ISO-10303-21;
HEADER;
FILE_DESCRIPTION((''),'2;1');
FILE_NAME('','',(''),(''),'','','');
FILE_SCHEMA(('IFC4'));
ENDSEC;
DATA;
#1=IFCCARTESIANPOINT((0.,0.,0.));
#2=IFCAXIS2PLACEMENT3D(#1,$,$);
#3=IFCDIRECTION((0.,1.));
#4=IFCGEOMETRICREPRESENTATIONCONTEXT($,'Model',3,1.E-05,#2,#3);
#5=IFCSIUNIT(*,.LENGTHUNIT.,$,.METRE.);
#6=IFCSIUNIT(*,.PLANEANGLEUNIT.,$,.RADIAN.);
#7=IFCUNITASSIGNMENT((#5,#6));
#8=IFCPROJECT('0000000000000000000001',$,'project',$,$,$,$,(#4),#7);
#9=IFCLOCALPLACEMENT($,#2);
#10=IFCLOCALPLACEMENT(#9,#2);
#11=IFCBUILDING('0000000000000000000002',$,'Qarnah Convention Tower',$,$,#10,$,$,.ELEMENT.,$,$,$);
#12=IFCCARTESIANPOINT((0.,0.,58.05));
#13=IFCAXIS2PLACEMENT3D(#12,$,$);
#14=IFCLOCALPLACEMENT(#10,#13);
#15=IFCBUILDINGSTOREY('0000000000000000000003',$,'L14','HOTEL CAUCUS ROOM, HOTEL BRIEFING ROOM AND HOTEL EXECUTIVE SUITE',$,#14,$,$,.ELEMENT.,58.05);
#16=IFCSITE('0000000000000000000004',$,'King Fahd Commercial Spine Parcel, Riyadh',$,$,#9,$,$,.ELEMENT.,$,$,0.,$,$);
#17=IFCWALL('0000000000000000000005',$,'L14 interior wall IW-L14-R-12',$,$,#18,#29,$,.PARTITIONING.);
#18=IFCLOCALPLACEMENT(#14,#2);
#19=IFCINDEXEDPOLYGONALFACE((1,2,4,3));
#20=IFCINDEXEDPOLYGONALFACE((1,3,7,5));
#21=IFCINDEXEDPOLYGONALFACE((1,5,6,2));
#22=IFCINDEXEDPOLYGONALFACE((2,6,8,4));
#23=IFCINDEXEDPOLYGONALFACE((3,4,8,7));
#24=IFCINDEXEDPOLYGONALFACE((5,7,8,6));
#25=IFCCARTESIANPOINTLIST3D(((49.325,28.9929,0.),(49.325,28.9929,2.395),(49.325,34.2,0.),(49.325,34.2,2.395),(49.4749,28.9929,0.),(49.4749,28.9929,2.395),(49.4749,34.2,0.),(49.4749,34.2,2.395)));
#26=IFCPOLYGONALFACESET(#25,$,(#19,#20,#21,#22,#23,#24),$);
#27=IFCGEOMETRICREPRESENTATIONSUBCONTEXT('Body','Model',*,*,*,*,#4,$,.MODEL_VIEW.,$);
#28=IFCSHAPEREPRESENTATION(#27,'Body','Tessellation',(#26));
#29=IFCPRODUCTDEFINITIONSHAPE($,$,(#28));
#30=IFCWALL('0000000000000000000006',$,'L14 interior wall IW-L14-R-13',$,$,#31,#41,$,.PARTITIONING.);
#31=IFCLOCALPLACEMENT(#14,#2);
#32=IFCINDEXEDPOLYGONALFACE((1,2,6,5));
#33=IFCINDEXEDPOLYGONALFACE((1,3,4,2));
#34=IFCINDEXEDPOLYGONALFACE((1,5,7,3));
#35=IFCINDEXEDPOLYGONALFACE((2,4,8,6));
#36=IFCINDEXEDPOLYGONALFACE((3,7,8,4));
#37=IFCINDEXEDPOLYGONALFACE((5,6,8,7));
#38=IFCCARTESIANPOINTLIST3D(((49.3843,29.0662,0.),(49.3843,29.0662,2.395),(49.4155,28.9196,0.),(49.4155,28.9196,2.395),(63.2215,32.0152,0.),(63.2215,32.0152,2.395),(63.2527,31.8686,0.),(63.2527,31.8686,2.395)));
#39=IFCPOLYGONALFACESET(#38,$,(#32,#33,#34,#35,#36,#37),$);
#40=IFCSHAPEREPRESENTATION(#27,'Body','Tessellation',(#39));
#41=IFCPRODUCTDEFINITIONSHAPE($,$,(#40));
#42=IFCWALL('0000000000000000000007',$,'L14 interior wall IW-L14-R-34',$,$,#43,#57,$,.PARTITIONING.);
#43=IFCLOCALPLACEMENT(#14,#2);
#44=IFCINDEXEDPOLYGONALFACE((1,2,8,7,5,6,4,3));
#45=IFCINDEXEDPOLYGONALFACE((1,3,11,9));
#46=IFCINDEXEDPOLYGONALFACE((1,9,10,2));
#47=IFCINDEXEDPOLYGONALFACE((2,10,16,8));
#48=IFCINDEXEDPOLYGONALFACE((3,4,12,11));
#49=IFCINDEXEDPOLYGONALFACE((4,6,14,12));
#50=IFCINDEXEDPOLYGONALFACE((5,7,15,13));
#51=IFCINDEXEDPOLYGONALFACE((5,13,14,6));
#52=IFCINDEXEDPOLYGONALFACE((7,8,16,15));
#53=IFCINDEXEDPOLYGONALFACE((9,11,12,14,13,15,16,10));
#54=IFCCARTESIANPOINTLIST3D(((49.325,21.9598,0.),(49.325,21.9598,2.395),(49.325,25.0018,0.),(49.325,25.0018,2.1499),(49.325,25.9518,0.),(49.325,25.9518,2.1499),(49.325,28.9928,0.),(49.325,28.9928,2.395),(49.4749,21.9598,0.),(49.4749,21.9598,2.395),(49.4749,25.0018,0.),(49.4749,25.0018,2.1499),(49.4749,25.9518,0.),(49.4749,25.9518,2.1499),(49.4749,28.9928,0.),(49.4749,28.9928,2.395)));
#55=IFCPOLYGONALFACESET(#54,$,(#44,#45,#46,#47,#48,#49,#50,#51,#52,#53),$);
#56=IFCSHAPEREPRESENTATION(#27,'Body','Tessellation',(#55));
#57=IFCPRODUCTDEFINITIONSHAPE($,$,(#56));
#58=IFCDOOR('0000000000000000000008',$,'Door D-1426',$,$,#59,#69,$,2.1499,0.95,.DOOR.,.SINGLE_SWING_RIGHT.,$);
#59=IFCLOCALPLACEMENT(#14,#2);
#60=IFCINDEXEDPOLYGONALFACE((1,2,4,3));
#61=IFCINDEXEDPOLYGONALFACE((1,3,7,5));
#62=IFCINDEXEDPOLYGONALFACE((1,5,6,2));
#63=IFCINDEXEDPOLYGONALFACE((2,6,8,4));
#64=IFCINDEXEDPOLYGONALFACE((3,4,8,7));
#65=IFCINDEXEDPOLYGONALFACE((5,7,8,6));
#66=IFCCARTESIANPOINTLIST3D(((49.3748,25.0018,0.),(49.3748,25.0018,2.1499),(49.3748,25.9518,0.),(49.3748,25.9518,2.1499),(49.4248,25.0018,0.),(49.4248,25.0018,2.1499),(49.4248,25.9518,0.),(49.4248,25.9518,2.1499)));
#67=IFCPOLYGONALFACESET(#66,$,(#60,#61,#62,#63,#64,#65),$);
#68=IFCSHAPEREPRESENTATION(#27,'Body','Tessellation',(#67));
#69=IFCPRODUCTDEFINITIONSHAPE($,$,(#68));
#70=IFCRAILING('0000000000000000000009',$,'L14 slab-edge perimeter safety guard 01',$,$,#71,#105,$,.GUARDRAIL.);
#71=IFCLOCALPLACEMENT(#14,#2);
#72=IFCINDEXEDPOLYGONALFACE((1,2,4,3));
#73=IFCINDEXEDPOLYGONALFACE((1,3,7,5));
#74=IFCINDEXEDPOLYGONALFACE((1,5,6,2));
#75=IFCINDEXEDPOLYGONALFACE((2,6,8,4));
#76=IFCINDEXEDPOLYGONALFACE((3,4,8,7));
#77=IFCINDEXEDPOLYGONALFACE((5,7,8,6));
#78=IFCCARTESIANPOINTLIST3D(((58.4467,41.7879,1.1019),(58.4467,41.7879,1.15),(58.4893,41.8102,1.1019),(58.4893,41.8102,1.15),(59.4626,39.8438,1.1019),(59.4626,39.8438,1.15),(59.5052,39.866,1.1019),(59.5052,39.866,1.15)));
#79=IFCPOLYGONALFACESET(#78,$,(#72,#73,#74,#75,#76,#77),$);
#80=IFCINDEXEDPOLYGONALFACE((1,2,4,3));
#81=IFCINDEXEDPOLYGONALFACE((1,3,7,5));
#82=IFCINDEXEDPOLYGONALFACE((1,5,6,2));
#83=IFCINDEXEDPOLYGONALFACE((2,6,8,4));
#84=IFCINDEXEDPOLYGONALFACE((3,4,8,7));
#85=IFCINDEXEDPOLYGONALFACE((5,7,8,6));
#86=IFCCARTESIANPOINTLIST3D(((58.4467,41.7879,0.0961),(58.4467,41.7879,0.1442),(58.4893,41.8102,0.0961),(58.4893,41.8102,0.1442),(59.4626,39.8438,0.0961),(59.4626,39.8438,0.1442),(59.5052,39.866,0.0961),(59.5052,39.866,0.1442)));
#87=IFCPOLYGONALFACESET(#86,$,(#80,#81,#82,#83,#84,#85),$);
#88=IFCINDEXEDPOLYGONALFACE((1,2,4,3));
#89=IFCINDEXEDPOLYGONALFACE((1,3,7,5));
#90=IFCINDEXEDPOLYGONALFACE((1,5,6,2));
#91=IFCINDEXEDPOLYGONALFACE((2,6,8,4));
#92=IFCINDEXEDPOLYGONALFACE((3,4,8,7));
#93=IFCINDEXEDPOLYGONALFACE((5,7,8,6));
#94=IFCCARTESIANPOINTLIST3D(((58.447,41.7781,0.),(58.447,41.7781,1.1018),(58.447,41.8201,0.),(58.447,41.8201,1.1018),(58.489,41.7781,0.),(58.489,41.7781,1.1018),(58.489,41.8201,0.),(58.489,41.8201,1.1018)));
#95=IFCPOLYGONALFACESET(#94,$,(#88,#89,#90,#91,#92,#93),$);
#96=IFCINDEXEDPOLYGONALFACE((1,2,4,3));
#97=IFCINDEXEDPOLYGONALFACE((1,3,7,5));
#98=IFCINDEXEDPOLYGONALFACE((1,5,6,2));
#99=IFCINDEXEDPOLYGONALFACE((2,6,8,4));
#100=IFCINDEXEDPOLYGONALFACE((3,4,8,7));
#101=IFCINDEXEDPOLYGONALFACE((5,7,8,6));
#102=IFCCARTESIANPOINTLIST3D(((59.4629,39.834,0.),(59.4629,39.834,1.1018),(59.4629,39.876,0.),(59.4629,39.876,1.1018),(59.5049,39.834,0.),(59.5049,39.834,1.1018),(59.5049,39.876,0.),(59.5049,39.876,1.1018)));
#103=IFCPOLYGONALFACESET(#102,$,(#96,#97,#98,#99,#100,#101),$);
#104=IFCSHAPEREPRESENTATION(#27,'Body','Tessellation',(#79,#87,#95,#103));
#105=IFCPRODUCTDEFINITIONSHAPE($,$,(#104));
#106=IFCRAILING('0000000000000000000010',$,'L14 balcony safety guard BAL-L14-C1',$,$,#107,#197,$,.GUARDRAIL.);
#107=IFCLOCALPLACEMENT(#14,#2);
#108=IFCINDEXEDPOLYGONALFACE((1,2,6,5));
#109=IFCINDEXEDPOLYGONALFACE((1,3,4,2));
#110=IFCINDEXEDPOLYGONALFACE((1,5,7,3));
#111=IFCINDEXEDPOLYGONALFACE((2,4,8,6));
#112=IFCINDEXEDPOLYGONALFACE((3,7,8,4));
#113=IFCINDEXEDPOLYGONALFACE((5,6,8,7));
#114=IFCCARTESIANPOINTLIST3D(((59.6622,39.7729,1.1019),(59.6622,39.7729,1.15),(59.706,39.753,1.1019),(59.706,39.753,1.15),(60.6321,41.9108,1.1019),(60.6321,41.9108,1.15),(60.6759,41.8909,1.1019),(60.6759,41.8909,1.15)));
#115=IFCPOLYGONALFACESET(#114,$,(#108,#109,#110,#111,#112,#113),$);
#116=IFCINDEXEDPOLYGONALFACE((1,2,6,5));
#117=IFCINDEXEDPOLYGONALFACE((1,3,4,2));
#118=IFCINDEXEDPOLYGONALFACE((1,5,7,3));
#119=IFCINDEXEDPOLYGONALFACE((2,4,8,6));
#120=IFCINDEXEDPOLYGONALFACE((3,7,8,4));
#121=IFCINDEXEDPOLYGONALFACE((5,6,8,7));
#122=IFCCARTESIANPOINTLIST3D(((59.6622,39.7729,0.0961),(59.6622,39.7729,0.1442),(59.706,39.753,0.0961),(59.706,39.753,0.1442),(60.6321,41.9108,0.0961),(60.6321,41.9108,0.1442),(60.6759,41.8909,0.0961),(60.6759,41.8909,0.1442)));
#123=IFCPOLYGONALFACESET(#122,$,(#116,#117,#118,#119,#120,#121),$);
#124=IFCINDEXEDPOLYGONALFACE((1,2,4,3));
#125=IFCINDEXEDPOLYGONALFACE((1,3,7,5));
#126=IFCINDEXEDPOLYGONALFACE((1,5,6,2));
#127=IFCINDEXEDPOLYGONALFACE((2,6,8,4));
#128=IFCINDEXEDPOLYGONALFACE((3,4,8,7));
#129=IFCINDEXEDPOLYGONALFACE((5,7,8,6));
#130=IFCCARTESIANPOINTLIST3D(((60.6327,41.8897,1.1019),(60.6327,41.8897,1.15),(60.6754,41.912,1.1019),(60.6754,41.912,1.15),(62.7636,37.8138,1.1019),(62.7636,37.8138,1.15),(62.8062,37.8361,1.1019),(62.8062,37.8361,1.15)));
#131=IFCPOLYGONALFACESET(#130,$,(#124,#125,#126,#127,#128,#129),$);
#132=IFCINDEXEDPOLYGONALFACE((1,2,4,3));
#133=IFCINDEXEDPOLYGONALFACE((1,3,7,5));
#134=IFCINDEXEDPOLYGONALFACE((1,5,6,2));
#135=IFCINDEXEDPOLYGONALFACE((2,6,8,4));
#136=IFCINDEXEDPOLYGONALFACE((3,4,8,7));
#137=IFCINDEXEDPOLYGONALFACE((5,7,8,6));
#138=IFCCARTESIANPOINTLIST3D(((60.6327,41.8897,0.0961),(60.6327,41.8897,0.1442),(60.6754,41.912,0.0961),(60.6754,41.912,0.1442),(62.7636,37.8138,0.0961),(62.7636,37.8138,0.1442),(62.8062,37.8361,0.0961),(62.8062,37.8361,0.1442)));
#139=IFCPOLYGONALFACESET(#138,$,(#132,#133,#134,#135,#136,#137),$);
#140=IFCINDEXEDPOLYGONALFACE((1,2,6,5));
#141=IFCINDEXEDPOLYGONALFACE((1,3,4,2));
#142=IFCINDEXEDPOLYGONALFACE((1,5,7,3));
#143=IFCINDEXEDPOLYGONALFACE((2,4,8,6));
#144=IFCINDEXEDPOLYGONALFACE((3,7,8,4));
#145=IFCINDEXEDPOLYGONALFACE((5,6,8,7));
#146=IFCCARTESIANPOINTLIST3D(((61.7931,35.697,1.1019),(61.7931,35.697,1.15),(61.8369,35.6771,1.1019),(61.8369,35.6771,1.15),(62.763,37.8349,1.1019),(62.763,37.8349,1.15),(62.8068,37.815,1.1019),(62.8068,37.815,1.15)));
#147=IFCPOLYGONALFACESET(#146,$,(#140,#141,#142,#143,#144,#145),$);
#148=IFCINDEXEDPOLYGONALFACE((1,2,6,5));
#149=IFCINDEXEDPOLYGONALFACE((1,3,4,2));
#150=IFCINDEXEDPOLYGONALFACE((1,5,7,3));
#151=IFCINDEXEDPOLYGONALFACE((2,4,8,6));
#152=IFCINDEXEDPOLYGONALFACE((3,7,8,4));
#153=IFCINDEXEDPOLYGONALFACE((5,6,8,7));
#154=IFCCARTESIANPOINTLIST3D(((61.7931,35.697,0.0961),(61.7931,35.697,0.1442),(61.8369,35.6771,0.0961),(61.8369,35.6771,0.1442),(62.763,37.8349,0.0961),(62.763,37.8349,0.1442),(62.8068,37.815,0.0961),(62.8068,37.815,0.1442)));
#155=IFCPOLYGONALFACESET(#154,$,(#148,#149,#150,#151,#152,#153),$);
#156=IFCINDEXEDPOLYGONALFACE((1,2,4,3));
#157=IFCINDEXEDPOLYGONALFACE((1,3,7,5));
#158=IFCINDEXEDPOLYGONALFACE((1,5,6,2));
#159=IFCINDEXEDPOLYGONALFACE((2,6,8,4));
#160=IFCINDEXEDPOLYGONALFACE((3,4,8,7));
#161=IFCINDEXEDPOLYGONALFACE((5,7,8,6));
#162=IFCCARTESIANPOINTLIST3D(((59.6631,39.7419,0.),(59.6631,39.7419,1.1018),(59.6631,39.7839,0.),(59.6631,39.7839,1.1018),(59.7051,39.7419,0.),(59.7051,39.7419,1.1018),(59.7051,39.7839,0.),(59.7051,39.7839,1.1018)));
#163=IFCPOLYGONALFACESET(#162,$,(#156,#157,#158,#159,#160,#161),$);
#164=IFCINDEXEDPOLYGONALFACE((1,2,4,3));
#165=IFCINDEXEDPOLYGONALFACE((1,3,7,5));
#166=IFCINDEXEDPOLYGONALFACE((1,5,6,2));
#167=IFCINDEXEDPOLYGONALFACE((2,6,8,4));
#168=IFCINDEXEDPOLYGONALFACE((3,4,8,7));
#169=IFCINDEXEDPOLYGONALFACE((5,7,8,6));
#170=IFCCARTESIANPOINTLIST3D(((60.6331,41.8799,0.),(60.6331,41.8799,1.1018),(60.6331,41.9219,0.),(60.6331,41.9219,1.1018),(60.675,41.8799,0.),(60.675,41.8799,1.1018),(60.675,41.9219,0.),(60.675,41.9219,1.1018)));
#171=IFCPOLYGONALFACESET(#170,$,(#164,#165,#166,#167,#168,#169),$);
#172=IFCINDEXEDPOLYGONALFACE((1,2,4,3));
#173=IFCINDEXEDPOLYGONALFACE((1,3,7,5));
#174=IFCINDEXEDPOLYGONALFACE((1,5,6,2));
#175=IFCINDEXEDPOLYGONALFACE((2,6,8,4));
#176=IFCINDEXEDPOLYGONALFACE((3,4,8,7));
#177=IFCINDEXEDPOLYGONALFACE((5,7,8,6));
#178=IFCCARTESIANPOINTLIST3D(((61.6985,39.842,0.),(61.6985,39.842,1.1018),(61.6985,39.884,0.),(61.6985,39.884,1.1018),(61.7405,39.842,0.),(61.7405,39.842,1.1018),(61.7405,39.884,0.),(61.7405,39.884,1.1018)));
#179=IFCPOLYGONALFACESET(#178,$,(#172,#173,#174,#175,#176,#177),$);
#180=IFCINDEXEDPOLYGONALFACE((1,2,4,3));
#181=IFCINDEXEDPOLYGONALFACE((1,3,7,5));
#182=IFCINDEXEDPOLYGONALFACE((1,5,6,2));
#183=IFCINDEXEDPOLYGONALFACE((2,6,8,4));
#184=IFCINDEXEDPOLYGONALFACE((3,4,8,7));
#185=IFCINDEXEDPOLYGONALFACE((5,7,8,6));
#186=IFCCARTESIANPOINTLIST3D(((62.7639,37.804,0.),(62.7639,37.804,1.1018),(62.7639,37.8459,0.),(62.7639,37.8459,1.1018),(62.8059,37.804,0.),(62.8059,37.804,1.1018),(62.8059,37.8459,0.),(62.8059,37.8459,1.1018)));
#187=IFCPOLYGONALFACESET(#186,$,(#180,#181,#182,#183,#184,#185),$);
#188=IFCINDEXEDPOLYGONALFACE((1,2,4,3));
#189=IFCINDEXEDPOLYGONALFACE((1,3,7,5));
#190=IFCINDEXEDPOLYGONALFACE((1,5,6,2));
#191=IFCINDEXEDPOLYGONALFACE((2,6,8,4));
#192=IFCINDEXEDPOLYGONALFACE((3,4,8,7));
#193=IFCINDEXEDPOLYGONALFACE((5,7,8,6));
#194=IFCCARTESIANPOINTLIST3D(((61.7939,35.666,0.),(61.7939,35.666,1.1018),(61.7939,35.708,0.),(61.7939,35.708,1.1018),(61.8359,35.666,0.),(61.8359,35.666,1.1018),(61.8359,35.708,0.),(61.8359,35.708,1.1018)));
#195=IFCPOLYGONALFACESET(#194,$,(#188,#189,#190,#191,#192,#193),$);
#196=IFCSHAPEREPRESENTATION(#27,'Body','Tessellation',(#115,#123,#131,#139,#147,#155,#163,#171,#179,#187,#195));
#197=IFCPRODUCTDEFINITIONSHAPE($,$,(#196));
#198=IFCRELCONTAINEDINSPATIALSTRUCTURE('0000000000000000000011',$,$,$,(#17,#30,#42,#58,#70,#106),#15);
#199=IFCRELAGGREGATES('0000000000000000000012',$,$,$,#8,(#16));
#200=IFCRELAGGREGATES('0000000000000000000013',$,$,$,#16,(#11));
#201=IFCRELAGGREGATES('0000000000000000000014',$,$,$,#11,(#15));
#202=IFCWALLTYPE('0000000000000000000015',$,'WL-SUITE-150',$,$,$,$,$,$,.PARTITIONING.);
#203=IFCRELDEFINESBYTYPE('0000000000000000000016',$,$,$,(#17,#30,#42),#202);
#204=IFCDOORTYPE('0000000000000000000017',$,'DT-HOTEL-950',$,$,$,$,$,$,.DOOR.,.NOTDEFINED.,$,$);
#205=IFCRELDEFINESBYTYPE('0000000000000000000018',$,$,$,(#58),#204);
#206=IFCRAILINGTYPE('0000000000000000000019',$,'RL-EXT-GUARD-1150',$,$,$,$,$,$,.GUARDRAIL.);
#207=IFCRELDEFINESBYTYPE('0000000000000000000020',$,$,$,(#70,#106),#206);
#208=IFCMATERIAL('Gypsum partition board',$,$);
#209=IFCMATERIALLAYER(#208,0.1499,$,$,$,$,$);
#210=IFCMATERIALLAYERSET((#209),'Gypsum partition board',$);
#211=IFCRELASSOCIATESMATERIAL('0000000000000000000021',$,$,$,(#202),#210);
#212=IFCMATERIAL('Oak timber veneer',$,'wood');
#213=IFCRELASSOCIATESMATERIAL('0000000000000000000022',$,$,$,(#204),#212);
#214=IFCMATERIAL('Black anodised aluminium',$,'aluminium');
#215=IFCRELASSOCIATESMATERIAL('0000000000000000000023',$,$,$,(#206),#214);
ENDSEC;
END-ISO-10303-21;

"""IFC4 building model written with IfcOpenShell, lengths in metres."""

from ifc_helpers import new_model, si_unit, direction, frame, frame_2d, origin, origin_2d, place, context, subcontext, project, spatial, rectangle, extrude, material, layer, layer_set, type_object, element, fill, save


model = new_model("IFC4")

# Units and contexts
model_context = context("Model", 3, precision=1e-05, world=origin(), true_north=direction((0.0, 1.0)))
body_context = subcontext(model_context, "Body", "Model", "MODEL_VIEW")
ifc_project = project(units=[si_unit("LENGTHUNIT", "METRE"), si_unit("PLANEANGLEUNIT", "RADIAN")], contexts=[model_context])

# Site, building, storey
site_placement = place(None, origin())
site = spatial("IfcSite", under=ifc_project, at=site_placement, Name="King Fahd Commercial Spine Parcel, Riyadh", CompositionType="ELEMENT", RefElevation=0.0)
building_placement = place(site_placement, origin())
building = spatial("IfcBuilding", under=site, at=building_placement, Name="Qarnah Convention Tower", CompositionType="ELEMENT")
storey_placement = place(building_placement, frame((0.0, 0.0, 58.05)))
storey = spatial("IfcBuildingStorey", under=building, at=storey_placement, Name="L14", Description="HOTEL CAUCUS ROOM, HOTEL BRIEFING ROOM AND HOTEL EXECUTIVE SUITE", CompositionType="ELEMENT", Elevation=58.05)

# Shared definitions
ifc_material_1 = material(Name="Black anodised aluminium", Category="aluminium")

# Walls
ifc_material_2 = material(Name="Gypsum partition board")
ifc_layer_1 = layer(ifc_material_2, 0.1499)
ifc_layer_set_1 = layer_set([ifc_layer_1], Name="Gypsum partition board")
wall_type_1 = type_object("IfcWallType", Name="WL-SUITE-150", PredefinedType="PARTITIONING", material=ifc_layer_set_1)
wall_1_placement = place(storey_placement, frame((49.3999, 34.2, 0.0), z_axis=(0.0, 0.0, 1.0), x_axis=(0.0, -1.0, 0.0)))
element("IfcWall", 1, at=wall_1_placement, inside=storey, type_object=wall_type_1, Name="L14 interior wall IW-L14-R-12", PredefinedType="PARTITIONING", context=body_context, shape_type="SweptSolid", body=[
    extrude(rectangle(XDim=5.207, YDim=0.1499, at=frame_2d((2.6035, 0.0))), origin(), (0.0, 0.0, 1.0), 2.395),
])
wall_2_placement = place(storey_placement, frame((49.3999, 28.9929, 0.0), z_axis=(0.0, 0.0, 1.0), x_axis=(0.978035, 0.208439, 0.0)))
element("IfcWall", 2, at=wall_2_placement, inside=storey, type_object=wall_type_1, Name="L14 interior wall IW-L14-R-13", PredefinedType="PARTITIONING", context=body_context, shape_type="SweptSolid", body=[
    extrude(rectangle(XDim=14.1479, YDim=0.1499, at=frame_2d((7.074, 0.0))), origin(), (0.0, 0.0, 1.0), 2.395),
])

# Wall, opening, door
wall_3_placement = place(storey_placement, frame((49.3999, 28.9929, 0.0), z_axis=(0.0, 0.0, 1.0), x_axis=(0.0, -1.0, 0.0)))
wall_3 = element("IfcWall", 3, at=wall_3_placement, inside=storey, type_object=wall_type_1, Name="L14 interior wall IW-L14-R-34", PredefinedType="PARTITIONING", context=body_context, shape_type="SweptSolid", body=[
    extrude(rectangle(XDim=7.033, YDim=0.1499, at=frame_2d((3.5166, 0.0))), origin(), (0.0, 0.0, 1.0), 2.395),
])
opening_1_placement = place(wall_3_placement, frame((3.041, 0.0, 0.0)))
opening_1 = element("IfcOpeningElement", 4, at=opening_1_placement, cuts=wall_3, PredefinedType="OPENING", context=body_context, shape_type="SweptSolid", body=[
    extrude(rectangle(XDim=0.95, YDim=2.1499, at=frame_2d((0.4751, 1.075))), frame((0.0, 0.085, 0.0), z_axis=(0.0, -1.0, 0.0), x_axis=(1.0, 0.0, 0.0)), (0.0, 0.0, 1.0), 0.1699),
])
ifc_material_3 = material(Name="Oak timber veneer", Category="wood")
door_type_1 = type_object("IfcDoorType", Name="DT-HOTEL-950", OperationType="NOTDEFINED", PredefinedType="DOOR", material=ifc_material_3)
door_1_placement = place(opening_1_placement, origin())
door_1 = element("IfcDoor", 5, at=door_1_placement, inside=storey, type_object=door_type_1, Name="Door D-1426", OperationType="SINGLE_SWING_RIGHT", OverallHeight=2.1499, OverallWidth=0.95, PredefinedType="DOOR", context=body_context, shape_type="SweptSolid", body=[
    extrude(rectangle(XDim=0.95, YDim=2.1499, at=frame_2d((0.4751, 1.075))), frame((0.0, 0.0249, 0.0), z_axis=(0.0, -1.0, 0.0), x_axis=(1.0, 0.0, 0.0)), (0.0, 0.0, 1.0), 0.05),
])
fill(opening_1, door_1)

# Railings
railing_type = type_object("IfcRailingType", Name="RL-EXT-GUARD-1150", PredefinedType="GUARDRAIL", material=ifc_material_1)
railing_1_placement = place(storey_placement, frame((58.468, 41.7991, 0.0)))
element("IfcRailing", 6, at=railing_1_placement, inside=storey, type_object=railing_type, Name="L14 slab-edge perimeter safety guard 01", PredefinedType="GUARDRAIL", context=body_context, shape_type="SweptSolid", body=[
    extrude(rectangle(XDim=0.0481, YDim=0.0481, at=origin_2d()), frame((0.0, 0.0, 1.126), z_axis=(0.463125, -0.886293, 0.0), x_axis=(0.886293, 0.463125, 0.0)), (0.0, 0.0, 1.0), 2.1936),
    extrude(rectangle(XDim=0.0481, YDim=0.0481, at=origin_2d()), frame((0.0, 0.0, 0.1201), z_axis=(0.463125, -0.886293, 0.0), x_axis=(0.886293, 0.463125, 0.0)), (0.0, 0.0, 1.0), 2.1936),
    extrude(rectangle(XDim=0.042, YDim=0.042, at=origin_2d()), origin(), (0.0, 0.0, 1.0), 1.1018),
    extrude(rectangle(XDim=0.042, YDim=0.042, at=origin_2d()), frame((1.0159, -1.9441, 0.0)), (0.0, 0.0, 1.0), 1.1018),
])
railing_2_placement = place(storey_placement, frame((59.6841, 39.7629, 0.0)))
element("IfcRailing", 7, at=railing_2_placement, inside=storey, type_object=railing_type, Name="L14 balcony safety guard BAL-L14-C1", PredefinedType="GUARDRAIL", context=body_context, shape_type="SweptSolid", body=[
    extrude(rectangle(XDim=0.0481, YDim=0.0481, at=origin_2d()), frame((0.0, 0.0, 1.126), z_axis=(0.41316, 0.910658, 0.0), x_axis=(-0.910658, 0.41316, 0.0)), (0.0, 0.0, 1.0), 2.3477),
    extrude(rectangle(XDim=0.0481, YDim=0.0481, at=origin_2d()), frame((0.0, 0.0, 0.1201), z_axis=(0.41316, 0.910658, 0.0), x_axis=(-0.910658, 0.41316, 0.0)), (0.0, 0.0, 1.0), 2.3477),
    extrude(rectangle(XDim=0.0481, YDim=0.0481, at=origin_2d()), frame((0.97, 2.1379, 1.126), z_axis=(0.463299, -0.886202, 0.0), x_axis=(0.886202, 0.463299, 0.0)), (0.0, 0.0, 1.0), 4.5994),
    extrude(rectangle(XDim=0.0481, YDim=0.0481, at=origin_2d()), frame((0.97, 2.1379, 0.1201), z_axis=(0.463299, -0.886202, 0.0), x_axis=(0.886202, 0.463299, 0.0)), (0.0, 0.0, 1.0), 4.5994),
    extrude(rectangle(XDim=0.0481, YDim=0.0481, at=origin_2d()), frame((3.1008, -1.938, 1.126), z_axis=(-0.41316, -0.910658, 0.0), x_axis=(0.910658, -0.41316, 0.0)), (0.0, 0.0, 1.0), 2.3477),
    extrude(rectangle(XDim=0.0481, YDim=0.0481, at=origin_2d()), frame((3.1008, -1.938, 0.1201), z_axis=(-0.41316, -0.910658, 0.0), x_axis=(0.910658, -0.41316, 0.0)), (0.0, 0.0, 1.0), 2.3477),
    extrude(rectangle(XDim=0.042, YDim=0.042, at=origin_2d()), origin(), (0.0, 0.0, 1.0), 1.1018),
    extrude(rectangle(XDim=0.042, YDim=0.042, at=origin_2d()), frame((0.97, 2.1379, 0.0)), (0.0, 0.0, 1.0), 1.1018),
    extrude(rectangle(XDim=0.042, YDim=0.042, at=origin_2d()), frame((2.0354, 0.1001, 0.0)), (0.0, 0.0, 1.0), 1.1018),
    extrude(rectangle(XDim=0.042, YDim=0.042, at=origin_2d()), frame((3.1008, -1.938, 0.0)), (0.0, 0.0, 1.0), 1.1018),
    extrude(rectangle(XDim=0.042, YDim=0.042, at=origin_2d()), frame((2.1309, -4.0759, 0.0)), (0.0, 0.0, 1.0), 1.1018),
])

save(model, "model.ifc")
